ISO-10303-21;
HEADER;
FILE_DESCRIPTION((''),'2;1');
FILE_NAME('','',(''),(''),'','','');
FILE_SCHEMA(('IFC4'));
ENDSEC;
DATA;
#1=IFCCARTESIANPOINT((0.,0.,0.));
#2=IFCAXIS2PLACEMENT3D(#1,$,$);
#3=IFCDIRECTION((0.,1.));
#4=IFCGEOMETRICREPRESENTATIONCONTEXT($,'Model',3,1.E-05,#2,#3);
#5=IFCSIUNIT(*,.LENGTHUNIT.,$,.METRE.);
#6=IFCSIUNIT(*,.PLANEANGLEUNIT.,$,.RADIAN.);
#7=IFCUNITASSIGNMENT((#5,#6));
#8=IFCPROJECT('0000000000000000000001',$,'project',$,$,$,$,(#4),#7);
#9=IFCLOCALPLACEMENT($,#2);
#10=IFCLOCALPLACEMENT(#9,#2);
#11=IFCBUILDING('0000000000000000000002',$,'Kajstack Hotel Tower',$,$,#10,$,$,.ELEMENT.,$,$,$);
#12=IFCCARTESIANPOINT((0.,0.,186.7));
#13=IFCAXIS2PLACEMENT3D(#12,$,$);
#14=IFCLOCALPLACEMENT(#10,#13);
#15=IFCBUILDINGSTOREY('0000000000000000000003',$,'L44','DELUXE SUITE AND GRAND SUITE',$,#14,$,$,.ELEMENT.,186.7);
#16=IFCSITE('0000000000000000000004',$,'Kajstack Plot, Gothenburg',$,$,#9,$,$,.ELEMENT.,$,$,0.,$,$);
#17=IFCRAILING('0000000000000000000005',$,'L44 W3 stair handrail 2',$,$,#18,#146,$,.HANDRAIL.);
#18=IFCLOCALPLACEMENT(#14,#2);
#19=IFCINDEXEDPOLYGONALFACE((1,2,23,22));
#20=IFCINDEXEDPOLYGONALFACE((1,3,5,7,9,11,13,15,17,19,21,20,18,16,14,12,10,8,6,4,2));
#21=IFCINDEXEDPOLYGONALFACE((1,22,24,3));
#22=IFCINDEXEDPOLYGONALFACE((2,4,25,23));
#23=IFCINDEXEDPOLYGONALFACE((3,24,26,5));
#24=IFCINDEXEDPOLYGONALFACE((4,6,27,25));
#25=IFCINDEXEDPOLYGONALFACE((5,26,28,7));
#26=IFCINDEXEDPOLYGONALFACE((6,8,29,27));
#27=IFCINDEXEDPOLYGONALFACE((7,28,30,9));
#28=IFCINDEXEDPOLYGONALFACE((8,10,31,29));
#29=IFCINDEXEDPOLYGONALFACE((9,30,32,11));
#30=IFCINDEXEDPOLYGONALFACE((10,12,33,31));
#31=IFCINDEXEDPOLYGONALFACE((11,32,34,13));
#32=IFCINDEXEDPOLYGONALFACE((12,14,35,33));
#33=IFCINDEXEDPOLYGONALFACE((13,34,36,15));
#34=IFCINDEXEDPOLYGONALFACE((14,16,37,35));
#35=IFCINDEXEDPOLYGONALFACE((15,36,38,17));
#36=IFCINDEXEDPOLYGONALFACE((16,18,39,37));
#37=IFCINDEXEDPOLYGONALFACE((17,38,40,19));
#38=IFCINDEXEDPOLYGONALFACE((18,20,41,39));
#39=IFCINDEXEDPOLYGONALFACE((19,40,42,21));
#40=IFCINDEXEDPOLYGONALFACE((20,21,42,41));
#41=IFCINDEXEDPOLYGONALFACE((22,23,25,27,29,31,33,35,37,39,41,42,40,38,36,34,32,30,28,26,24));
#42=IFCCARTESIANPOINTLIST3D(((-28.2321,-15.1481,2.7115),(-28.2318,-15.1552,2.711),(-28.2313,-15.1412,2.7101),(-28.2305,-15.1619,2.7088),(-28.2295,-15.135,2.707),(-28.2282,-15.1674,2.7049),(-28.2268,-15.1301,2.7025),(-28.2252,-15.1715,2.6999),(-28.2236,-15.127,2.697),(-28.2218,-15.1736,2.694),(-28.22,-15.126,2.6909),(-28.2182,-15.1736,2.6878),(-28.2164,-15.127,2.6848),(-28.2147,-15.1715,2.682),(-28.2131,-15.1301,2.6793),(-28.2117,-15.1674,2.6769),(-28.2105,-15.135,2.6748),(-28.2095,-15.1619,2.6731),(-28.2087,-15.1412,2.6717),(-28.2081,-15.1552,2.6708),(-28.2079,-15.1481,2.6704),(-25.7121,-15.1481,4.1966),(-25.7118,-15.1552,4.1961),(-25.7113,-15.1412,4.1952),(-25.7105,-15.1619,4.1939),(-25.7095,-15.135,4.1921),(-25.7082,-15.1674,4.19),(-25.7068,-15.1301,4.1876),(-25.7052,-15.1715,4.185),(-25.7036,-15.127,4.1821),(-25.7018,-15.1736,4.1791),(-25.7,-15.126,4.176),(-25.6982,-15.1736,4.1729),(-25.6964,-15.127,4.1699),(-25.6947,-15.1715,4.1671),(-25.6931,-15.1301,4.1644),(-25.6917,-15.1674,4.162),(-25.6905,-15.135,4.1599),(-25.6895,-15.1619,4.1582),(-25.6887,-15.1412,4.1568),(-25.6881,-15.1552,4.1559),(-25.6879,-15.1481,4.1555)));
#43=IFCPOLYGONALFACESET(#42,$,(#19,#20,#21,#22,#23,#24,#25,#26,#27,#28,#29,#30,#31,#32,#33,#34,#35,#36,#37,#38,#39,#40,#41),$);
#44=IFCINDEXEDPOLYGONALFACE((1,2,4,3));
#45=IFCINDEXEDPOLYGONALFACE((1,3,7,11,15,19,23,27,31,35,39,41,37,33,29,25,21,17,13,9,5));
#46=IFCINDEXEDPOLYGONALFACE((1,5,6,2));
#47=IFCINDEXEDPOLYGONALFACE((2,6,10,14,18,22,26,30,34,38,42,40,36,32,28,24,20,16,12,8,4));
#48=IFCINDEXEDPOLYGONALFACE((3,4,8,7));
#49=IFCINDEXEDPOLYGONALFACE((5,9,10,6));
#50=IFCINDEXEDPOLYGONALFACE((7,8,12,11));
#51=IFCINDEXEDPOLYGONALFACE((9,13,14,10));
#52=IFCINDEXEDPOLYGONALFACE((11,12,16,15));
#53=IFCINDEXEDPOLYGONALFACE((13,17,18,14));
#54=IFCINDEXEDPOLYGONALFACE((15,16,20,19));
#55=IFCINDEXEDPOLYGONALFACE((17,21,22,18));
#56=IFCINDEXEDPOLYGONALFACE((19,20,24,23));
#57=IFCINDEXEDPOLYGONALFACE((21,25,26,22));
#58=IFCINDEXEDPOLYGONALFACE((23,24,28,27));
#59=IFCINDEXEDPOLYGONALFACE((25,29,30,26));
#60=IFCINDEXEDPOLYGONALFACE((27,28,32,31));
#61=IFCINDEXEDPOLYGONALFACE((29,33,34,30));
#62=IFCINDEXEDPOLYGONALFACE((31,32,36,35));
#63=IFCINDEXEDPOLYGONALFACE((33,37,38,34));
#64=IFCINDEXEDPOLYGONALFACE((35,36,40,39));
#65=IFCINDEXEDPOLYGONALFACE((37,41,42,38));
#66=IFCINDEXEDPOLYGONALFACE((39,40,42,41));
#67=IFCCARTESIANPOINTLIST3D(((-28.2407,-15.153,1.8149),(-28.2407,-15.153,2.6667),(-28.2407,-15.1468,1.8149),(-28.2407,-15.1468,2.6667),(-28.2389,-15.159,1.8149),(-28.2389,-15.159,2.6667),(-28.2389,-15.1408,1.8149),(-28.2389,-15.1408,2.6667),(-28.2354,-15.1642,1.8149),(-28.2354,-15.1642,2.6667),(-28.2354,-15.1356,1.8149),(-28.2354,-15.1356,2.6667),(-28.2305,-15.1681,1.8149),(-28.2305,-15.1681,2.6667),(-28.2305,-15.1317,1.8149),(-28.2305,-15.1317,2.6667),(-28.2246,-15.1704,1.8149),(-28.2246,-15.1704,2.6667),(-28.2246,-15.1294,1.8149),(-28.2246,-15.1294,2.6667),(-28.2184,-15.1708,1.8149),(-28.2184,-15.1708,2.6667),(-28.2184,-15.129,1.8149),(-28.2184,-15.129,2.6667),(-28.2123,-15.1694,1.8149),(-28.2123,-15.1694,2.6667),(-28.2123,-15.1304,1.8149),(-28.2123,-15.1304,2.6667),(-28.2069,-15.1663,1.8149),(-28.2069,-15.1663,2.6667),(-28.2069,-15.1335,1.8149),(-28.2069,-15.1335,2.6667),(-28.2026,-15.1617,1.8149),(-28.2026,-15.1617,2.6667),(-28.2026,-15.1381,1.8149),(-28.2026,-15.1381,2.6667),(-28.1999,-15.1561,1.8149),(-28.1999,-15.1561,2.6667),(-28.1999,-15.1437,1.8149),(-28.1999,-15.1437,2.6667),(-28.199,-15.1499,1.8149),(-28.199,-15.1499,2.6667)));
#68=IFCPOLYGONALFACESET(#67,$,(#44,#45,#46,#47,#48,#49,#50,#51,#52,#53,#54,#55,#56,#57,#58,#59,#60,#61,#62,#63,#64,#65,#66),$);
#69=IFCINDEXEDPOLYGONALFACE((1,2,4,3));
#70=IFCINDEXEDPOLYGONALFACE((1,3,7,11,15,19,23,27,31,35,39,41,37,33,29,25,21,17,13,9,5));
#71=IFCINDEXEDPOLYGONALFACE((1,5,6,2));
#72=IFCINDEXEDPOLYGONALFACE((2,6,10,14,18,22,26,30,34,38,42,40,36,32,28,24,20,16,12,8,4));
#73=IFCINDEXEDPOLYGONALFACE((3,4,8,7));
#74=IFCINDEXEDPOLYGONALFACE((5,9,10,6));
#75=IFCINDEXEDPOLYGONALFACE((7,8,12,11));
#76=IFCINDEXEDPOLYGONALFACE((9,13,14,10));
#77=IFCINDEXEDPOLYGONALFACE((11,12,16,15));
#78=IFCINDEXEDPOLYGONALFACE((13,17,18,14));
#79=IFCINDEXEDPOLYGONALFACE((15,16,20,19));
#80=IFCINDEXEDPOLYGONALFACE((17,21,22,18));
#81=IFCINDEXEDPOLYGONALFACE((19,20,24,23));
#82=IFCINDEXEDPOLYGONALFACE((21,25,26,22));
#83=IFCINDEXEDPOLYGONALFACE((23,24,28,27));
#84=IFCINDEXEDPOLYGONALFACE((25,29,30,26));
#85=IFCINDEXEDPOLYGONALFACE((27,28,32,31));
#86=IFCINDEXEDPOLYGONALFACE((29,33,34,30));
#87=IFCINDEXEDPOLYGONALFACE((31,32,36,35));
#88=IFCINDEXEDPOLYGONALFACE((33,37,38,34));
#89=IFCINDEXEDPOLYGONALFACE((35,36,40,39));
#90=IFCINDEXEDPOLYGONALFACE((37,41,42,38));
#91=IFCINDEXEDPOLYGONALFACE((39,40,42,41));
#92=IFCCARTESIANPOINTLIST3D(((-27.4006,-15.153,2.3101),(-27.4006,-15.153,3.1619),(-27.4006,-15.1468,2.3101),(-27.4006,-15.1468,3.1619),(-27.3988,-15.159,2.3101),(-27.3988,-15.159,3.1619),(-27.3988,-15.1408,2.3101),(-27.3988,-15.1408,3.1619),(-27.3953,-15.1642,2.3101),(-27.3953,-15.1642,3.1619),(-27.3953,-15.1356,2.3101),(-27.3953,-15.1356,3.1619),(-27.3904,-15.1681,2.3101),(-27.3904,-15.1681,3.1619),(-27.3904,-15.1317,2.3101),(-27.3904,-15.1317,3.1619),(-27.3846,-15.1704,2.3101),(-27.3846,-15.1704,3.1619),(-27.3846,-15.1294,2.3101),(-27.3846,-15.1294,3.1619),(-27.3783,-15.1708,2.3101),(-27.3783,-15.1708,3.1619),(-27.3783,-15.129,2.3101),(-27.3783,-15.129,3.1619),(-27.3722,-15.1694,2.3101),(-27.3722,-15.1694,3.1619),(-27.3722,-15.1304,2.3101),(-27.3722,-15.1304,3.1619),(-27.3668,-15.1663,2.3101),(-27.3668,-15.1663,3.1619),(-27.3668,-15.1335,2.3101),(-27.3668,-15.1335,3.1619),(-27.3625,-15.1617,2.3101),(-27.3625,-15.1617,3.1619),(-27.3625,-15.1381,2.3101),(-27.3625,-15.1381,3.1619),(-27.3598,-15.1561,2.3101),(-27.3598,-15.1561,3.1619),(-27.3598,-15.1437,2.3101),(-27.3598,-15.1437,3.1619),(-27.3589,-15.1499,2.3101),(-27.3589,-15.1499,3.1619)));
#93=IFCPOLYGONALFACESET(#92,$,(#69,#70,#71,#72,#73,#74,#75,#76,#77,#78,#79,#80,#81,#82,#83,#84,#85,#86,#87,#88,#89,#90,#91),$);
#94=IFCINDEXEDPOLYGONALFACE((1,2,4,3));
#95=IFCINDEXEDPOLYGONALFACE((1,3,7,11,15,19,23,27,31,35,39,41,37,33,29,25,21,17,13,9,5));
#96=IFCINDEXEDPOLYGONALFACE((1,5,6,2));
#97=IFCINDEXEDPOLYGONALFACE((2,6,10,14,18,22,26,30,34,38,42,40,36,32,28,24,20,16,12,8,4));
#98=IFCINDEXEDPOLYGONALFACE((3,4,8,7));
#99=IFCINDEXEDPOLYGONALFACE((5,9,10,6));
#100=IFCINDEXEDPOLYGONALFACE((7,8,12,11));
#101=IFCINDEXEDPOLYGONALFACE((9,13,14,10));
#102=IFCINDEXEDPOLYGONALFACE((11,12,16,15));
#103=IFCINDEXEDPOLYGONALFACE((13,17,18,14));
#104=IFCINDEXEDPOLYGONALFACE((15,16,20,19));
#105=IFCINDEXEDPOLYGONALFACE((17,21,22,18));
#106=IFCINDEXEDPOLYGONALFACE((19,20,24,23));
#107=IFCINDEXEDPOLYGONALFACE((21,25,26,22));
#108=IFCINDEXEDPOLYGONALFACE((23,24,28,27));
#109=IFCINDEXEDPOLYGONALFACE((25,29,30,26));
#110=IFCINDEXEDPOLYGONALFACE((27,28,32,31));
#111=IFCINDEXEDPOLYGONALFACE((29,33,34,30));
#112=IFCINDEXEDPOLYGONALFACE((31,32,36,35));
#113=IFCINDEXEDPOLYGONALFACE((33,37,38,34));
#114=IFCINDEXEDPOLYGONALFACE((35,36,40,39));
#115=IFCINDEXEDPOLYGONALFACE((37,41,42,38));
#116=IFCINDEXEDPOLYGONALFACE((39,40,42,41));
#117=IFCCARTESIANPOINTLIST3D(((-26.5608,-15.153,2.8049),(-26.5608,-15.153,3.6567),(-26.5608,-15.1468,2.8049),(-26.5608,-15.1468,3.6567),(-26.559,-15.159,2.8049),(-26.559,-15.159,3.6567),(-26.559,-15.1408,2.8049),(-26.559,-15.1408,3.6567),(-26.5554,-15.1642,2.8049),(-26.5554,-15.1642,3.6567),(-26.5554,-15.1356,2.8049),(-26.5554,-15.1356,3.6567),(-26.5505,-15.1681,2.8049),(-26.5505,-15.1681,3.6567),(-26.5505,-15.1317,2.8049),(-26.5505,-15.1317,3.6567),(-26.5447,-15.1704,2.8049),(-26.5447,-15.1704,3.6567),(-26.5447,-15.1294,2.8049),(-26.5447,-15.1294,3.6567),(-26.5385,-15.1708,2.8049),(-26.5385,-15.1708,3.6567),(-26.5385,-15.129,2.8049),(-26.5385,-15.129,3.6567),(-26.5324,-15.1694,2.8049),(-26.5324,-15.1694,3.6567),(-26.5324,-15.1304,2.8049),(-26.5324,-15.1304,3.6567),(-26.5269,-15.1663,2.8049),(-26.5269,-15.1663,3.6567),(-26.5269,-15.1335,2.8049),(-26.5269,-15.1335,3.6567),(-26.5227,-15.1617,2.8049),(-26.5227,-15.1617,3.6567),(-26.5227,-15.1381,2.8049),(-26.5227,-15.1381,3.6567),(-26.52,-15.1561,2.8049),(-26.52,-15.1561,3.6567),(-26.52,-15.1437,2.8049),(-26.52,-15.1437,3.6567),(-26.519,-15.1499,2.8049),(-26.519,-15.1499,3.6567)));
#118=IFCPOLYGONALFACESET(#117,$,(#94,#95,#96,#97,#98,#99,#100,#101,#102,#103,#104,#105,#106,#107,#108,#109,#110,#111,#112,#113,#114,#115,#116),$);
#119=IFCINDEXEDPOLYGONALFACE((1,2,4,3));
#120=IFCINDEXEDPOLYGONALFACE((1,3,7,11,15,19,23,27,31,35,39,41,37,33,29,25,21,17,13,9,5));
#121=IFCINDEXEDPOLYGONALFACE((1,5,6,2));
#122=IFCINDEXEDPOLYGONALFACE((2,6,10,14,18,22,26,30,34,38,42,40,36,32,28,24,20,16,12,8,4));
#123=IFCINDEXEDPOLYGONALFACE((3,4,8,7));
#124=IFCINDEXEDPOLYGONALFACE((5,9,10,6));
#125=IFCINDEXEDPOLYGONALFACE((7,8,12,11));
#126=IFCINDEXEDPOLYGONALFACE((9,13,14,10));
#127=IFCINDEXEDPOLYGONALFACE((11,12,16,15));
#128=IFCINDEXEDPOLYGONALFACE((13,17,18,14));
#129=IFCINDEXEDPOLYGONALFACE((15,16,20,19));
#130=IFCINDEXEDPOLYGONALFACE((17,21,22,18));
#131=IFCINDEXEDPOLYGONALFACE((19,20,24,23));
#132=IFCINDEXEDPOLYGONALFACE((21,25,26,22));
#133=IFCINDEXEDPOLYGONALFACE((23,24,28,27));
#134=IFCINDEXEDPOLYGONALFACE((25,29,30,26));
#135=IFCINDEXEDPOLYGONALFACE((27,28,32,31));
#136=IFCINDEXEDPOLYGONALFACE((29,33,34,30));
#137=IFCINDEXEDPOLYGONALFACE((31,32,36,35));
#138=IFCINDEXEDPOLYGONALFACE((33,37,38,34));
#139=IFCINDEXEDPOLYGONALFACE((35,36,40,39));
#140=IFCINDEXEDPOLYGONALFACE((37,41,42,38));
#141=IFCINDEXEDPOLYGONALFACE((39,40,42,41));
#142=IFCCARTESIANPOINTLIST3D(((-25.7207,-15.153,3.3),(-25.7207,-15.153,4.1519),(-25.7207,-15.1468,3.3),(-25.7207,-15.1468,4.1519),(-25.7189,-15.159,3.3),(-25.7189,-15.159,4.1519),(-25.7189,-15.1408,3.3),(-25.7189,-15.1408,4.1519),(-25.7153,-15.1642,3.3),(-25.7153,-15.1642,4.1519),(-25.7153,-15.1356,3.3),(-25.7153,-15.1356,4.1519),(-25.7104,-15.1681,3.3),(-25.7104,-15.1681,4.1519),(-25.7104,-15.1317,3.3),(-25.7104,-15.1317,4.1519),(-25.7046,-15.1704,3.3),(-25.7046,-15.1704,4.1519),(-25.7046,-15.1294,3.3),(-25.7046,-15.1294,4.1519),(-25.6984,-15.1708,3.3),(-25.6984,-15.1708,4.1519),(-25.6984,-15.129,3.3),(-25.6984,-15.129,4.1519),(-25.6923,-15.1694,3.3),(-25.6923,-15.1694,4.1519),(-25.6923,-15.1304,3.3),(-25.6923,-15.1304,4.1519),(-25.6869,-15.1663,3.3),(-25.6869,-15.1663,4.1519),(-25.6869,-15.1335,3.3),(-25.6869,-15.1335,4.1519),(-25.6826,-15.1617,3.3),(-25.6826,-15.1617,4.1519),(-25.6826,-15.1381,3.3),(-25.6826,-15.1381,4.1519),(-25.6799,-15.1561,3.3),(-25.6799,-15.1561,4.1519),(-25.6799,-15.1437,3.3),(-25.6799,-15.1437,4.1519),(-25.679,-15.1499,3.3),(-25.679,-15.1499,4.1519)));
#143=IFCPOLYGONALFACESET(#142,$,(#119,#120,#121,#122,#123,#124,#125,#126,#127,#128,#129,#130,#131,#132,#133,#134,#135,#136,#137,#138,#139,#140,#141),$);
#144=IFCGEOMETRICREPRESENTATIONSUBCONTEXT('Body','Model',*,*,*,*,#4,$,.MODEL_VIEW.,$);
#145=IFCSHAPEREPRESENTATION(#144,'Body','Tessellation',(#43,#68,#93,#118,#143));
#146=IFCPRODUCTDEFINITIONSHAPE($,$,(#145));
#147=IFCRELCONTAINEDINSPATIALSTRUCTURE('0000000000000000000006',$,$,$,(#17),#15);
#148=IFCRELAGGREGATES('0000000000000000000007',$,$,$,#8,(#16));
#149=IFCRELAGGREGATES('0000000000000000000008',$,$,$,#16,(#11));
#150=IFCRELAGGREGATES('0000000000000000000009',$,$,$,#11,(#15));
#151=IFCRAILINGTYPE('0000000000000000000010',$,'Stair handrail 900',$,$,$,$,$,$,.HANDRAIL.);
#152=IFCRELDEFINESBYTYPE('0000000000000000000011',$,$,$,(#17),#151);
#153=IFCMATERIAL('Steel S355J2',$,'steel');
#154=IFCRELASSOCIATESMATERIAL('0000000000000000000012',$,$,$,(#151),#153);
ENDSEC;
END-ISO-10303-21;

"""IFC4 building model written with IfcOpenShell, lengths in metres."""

from ifc_helpers import new_model, si_unit, direction, frame, origin, origin_2d, place, context, subcontext, project, spatial, circle, extrude, material, type_object, element, save


model = new_model("IFC4")

# Units and contexts
model_context = context("Model", 3, precision=1e-05, world=origin(), true_north=direction((0.0, 1.0)))
body_context = subcontext(model_context, "Body", "Model", "MODEL_VIEW")
ifc_project = project(units=[si_unit("LENGTHUNIT", "METRE"), si_unit("PLANEANGLEUNIT", "RADIAN")], contexts=[model_context])

# Site, building, storey
site_placement = place(None, origin())
site = spatial("IfcSite", under=ifc_project, at=site_placement, Name="Kajstack Plot, Gothenburg", CompositionType="ELEMENT", RefElevation=0.0)
building_placement = place(site_placement, origin())
building = spatial("IfcBuilding", under=site, at=building_placement, Name="Kajstack Hotel Tower", CompositionType="ELEMENT")
storey_placement = place(building_placement, frame((0.0, 0.0, 186.7)))
storey = spatial("IfcBuildingStorey", under=building, at=storey_placement, Name="L44", Description="DELUXE SUITE AND GRAND SUITE", CompositionType="ELEMENT", Elevation=186.7)

# Railing
ifc_material_1 = material(Name="Steel S355J2", Category="steel")
railing_type_1 = type_object("IfcRailingType", Name="Stair handrail 900", PredefinedType="HANDRAIL", material=ifc_material_1)
railing_1_placement = place(storey_placement, frame((-28.22, -15.1499, 1.8149)))
element("IfcRailing", 1, at=railing_1_placement, inside=storey, type_object=railing_type_1, Name="L44 W3 stair handrail 2", PredefinedType="HANDRAIL", context=body_context, shape_type="SweptSolid", body=[
    extrude(circle(Radius=0.0239, at=origin_2d()), frame((0.0, 0.0, 0.876), z_axis=(0.861524, 0.0, 0.507717), x_axis=(0.0, 1.0, 0.0)), (0.0, 0.0, 1.0), 2.925),
    extrude(circle(Radius=0.021, at=origin_2d()), origin(), (0.0, 0.0, 1.0), 0.8518),
    extrude(circle(Radius=0.021, at=origin_2d()), frame((0.8401, 0.0, 0.4951)), (0.0, 0.0, 1.0), 0.8518),
    extrude(circle(Radius=0.021, at=origin_2d()), frame((1.6799, 0.0, 0.99)), (0.0, 0.0, 1.0), 0.8518),
    extrude(circle(Radius=0.021, at=origin_2d()), frame((2.52, 0.0, 1.4851)), (0.0, 0.0, 1.0), 0.8518),
])

save(model, "model.ifc")
